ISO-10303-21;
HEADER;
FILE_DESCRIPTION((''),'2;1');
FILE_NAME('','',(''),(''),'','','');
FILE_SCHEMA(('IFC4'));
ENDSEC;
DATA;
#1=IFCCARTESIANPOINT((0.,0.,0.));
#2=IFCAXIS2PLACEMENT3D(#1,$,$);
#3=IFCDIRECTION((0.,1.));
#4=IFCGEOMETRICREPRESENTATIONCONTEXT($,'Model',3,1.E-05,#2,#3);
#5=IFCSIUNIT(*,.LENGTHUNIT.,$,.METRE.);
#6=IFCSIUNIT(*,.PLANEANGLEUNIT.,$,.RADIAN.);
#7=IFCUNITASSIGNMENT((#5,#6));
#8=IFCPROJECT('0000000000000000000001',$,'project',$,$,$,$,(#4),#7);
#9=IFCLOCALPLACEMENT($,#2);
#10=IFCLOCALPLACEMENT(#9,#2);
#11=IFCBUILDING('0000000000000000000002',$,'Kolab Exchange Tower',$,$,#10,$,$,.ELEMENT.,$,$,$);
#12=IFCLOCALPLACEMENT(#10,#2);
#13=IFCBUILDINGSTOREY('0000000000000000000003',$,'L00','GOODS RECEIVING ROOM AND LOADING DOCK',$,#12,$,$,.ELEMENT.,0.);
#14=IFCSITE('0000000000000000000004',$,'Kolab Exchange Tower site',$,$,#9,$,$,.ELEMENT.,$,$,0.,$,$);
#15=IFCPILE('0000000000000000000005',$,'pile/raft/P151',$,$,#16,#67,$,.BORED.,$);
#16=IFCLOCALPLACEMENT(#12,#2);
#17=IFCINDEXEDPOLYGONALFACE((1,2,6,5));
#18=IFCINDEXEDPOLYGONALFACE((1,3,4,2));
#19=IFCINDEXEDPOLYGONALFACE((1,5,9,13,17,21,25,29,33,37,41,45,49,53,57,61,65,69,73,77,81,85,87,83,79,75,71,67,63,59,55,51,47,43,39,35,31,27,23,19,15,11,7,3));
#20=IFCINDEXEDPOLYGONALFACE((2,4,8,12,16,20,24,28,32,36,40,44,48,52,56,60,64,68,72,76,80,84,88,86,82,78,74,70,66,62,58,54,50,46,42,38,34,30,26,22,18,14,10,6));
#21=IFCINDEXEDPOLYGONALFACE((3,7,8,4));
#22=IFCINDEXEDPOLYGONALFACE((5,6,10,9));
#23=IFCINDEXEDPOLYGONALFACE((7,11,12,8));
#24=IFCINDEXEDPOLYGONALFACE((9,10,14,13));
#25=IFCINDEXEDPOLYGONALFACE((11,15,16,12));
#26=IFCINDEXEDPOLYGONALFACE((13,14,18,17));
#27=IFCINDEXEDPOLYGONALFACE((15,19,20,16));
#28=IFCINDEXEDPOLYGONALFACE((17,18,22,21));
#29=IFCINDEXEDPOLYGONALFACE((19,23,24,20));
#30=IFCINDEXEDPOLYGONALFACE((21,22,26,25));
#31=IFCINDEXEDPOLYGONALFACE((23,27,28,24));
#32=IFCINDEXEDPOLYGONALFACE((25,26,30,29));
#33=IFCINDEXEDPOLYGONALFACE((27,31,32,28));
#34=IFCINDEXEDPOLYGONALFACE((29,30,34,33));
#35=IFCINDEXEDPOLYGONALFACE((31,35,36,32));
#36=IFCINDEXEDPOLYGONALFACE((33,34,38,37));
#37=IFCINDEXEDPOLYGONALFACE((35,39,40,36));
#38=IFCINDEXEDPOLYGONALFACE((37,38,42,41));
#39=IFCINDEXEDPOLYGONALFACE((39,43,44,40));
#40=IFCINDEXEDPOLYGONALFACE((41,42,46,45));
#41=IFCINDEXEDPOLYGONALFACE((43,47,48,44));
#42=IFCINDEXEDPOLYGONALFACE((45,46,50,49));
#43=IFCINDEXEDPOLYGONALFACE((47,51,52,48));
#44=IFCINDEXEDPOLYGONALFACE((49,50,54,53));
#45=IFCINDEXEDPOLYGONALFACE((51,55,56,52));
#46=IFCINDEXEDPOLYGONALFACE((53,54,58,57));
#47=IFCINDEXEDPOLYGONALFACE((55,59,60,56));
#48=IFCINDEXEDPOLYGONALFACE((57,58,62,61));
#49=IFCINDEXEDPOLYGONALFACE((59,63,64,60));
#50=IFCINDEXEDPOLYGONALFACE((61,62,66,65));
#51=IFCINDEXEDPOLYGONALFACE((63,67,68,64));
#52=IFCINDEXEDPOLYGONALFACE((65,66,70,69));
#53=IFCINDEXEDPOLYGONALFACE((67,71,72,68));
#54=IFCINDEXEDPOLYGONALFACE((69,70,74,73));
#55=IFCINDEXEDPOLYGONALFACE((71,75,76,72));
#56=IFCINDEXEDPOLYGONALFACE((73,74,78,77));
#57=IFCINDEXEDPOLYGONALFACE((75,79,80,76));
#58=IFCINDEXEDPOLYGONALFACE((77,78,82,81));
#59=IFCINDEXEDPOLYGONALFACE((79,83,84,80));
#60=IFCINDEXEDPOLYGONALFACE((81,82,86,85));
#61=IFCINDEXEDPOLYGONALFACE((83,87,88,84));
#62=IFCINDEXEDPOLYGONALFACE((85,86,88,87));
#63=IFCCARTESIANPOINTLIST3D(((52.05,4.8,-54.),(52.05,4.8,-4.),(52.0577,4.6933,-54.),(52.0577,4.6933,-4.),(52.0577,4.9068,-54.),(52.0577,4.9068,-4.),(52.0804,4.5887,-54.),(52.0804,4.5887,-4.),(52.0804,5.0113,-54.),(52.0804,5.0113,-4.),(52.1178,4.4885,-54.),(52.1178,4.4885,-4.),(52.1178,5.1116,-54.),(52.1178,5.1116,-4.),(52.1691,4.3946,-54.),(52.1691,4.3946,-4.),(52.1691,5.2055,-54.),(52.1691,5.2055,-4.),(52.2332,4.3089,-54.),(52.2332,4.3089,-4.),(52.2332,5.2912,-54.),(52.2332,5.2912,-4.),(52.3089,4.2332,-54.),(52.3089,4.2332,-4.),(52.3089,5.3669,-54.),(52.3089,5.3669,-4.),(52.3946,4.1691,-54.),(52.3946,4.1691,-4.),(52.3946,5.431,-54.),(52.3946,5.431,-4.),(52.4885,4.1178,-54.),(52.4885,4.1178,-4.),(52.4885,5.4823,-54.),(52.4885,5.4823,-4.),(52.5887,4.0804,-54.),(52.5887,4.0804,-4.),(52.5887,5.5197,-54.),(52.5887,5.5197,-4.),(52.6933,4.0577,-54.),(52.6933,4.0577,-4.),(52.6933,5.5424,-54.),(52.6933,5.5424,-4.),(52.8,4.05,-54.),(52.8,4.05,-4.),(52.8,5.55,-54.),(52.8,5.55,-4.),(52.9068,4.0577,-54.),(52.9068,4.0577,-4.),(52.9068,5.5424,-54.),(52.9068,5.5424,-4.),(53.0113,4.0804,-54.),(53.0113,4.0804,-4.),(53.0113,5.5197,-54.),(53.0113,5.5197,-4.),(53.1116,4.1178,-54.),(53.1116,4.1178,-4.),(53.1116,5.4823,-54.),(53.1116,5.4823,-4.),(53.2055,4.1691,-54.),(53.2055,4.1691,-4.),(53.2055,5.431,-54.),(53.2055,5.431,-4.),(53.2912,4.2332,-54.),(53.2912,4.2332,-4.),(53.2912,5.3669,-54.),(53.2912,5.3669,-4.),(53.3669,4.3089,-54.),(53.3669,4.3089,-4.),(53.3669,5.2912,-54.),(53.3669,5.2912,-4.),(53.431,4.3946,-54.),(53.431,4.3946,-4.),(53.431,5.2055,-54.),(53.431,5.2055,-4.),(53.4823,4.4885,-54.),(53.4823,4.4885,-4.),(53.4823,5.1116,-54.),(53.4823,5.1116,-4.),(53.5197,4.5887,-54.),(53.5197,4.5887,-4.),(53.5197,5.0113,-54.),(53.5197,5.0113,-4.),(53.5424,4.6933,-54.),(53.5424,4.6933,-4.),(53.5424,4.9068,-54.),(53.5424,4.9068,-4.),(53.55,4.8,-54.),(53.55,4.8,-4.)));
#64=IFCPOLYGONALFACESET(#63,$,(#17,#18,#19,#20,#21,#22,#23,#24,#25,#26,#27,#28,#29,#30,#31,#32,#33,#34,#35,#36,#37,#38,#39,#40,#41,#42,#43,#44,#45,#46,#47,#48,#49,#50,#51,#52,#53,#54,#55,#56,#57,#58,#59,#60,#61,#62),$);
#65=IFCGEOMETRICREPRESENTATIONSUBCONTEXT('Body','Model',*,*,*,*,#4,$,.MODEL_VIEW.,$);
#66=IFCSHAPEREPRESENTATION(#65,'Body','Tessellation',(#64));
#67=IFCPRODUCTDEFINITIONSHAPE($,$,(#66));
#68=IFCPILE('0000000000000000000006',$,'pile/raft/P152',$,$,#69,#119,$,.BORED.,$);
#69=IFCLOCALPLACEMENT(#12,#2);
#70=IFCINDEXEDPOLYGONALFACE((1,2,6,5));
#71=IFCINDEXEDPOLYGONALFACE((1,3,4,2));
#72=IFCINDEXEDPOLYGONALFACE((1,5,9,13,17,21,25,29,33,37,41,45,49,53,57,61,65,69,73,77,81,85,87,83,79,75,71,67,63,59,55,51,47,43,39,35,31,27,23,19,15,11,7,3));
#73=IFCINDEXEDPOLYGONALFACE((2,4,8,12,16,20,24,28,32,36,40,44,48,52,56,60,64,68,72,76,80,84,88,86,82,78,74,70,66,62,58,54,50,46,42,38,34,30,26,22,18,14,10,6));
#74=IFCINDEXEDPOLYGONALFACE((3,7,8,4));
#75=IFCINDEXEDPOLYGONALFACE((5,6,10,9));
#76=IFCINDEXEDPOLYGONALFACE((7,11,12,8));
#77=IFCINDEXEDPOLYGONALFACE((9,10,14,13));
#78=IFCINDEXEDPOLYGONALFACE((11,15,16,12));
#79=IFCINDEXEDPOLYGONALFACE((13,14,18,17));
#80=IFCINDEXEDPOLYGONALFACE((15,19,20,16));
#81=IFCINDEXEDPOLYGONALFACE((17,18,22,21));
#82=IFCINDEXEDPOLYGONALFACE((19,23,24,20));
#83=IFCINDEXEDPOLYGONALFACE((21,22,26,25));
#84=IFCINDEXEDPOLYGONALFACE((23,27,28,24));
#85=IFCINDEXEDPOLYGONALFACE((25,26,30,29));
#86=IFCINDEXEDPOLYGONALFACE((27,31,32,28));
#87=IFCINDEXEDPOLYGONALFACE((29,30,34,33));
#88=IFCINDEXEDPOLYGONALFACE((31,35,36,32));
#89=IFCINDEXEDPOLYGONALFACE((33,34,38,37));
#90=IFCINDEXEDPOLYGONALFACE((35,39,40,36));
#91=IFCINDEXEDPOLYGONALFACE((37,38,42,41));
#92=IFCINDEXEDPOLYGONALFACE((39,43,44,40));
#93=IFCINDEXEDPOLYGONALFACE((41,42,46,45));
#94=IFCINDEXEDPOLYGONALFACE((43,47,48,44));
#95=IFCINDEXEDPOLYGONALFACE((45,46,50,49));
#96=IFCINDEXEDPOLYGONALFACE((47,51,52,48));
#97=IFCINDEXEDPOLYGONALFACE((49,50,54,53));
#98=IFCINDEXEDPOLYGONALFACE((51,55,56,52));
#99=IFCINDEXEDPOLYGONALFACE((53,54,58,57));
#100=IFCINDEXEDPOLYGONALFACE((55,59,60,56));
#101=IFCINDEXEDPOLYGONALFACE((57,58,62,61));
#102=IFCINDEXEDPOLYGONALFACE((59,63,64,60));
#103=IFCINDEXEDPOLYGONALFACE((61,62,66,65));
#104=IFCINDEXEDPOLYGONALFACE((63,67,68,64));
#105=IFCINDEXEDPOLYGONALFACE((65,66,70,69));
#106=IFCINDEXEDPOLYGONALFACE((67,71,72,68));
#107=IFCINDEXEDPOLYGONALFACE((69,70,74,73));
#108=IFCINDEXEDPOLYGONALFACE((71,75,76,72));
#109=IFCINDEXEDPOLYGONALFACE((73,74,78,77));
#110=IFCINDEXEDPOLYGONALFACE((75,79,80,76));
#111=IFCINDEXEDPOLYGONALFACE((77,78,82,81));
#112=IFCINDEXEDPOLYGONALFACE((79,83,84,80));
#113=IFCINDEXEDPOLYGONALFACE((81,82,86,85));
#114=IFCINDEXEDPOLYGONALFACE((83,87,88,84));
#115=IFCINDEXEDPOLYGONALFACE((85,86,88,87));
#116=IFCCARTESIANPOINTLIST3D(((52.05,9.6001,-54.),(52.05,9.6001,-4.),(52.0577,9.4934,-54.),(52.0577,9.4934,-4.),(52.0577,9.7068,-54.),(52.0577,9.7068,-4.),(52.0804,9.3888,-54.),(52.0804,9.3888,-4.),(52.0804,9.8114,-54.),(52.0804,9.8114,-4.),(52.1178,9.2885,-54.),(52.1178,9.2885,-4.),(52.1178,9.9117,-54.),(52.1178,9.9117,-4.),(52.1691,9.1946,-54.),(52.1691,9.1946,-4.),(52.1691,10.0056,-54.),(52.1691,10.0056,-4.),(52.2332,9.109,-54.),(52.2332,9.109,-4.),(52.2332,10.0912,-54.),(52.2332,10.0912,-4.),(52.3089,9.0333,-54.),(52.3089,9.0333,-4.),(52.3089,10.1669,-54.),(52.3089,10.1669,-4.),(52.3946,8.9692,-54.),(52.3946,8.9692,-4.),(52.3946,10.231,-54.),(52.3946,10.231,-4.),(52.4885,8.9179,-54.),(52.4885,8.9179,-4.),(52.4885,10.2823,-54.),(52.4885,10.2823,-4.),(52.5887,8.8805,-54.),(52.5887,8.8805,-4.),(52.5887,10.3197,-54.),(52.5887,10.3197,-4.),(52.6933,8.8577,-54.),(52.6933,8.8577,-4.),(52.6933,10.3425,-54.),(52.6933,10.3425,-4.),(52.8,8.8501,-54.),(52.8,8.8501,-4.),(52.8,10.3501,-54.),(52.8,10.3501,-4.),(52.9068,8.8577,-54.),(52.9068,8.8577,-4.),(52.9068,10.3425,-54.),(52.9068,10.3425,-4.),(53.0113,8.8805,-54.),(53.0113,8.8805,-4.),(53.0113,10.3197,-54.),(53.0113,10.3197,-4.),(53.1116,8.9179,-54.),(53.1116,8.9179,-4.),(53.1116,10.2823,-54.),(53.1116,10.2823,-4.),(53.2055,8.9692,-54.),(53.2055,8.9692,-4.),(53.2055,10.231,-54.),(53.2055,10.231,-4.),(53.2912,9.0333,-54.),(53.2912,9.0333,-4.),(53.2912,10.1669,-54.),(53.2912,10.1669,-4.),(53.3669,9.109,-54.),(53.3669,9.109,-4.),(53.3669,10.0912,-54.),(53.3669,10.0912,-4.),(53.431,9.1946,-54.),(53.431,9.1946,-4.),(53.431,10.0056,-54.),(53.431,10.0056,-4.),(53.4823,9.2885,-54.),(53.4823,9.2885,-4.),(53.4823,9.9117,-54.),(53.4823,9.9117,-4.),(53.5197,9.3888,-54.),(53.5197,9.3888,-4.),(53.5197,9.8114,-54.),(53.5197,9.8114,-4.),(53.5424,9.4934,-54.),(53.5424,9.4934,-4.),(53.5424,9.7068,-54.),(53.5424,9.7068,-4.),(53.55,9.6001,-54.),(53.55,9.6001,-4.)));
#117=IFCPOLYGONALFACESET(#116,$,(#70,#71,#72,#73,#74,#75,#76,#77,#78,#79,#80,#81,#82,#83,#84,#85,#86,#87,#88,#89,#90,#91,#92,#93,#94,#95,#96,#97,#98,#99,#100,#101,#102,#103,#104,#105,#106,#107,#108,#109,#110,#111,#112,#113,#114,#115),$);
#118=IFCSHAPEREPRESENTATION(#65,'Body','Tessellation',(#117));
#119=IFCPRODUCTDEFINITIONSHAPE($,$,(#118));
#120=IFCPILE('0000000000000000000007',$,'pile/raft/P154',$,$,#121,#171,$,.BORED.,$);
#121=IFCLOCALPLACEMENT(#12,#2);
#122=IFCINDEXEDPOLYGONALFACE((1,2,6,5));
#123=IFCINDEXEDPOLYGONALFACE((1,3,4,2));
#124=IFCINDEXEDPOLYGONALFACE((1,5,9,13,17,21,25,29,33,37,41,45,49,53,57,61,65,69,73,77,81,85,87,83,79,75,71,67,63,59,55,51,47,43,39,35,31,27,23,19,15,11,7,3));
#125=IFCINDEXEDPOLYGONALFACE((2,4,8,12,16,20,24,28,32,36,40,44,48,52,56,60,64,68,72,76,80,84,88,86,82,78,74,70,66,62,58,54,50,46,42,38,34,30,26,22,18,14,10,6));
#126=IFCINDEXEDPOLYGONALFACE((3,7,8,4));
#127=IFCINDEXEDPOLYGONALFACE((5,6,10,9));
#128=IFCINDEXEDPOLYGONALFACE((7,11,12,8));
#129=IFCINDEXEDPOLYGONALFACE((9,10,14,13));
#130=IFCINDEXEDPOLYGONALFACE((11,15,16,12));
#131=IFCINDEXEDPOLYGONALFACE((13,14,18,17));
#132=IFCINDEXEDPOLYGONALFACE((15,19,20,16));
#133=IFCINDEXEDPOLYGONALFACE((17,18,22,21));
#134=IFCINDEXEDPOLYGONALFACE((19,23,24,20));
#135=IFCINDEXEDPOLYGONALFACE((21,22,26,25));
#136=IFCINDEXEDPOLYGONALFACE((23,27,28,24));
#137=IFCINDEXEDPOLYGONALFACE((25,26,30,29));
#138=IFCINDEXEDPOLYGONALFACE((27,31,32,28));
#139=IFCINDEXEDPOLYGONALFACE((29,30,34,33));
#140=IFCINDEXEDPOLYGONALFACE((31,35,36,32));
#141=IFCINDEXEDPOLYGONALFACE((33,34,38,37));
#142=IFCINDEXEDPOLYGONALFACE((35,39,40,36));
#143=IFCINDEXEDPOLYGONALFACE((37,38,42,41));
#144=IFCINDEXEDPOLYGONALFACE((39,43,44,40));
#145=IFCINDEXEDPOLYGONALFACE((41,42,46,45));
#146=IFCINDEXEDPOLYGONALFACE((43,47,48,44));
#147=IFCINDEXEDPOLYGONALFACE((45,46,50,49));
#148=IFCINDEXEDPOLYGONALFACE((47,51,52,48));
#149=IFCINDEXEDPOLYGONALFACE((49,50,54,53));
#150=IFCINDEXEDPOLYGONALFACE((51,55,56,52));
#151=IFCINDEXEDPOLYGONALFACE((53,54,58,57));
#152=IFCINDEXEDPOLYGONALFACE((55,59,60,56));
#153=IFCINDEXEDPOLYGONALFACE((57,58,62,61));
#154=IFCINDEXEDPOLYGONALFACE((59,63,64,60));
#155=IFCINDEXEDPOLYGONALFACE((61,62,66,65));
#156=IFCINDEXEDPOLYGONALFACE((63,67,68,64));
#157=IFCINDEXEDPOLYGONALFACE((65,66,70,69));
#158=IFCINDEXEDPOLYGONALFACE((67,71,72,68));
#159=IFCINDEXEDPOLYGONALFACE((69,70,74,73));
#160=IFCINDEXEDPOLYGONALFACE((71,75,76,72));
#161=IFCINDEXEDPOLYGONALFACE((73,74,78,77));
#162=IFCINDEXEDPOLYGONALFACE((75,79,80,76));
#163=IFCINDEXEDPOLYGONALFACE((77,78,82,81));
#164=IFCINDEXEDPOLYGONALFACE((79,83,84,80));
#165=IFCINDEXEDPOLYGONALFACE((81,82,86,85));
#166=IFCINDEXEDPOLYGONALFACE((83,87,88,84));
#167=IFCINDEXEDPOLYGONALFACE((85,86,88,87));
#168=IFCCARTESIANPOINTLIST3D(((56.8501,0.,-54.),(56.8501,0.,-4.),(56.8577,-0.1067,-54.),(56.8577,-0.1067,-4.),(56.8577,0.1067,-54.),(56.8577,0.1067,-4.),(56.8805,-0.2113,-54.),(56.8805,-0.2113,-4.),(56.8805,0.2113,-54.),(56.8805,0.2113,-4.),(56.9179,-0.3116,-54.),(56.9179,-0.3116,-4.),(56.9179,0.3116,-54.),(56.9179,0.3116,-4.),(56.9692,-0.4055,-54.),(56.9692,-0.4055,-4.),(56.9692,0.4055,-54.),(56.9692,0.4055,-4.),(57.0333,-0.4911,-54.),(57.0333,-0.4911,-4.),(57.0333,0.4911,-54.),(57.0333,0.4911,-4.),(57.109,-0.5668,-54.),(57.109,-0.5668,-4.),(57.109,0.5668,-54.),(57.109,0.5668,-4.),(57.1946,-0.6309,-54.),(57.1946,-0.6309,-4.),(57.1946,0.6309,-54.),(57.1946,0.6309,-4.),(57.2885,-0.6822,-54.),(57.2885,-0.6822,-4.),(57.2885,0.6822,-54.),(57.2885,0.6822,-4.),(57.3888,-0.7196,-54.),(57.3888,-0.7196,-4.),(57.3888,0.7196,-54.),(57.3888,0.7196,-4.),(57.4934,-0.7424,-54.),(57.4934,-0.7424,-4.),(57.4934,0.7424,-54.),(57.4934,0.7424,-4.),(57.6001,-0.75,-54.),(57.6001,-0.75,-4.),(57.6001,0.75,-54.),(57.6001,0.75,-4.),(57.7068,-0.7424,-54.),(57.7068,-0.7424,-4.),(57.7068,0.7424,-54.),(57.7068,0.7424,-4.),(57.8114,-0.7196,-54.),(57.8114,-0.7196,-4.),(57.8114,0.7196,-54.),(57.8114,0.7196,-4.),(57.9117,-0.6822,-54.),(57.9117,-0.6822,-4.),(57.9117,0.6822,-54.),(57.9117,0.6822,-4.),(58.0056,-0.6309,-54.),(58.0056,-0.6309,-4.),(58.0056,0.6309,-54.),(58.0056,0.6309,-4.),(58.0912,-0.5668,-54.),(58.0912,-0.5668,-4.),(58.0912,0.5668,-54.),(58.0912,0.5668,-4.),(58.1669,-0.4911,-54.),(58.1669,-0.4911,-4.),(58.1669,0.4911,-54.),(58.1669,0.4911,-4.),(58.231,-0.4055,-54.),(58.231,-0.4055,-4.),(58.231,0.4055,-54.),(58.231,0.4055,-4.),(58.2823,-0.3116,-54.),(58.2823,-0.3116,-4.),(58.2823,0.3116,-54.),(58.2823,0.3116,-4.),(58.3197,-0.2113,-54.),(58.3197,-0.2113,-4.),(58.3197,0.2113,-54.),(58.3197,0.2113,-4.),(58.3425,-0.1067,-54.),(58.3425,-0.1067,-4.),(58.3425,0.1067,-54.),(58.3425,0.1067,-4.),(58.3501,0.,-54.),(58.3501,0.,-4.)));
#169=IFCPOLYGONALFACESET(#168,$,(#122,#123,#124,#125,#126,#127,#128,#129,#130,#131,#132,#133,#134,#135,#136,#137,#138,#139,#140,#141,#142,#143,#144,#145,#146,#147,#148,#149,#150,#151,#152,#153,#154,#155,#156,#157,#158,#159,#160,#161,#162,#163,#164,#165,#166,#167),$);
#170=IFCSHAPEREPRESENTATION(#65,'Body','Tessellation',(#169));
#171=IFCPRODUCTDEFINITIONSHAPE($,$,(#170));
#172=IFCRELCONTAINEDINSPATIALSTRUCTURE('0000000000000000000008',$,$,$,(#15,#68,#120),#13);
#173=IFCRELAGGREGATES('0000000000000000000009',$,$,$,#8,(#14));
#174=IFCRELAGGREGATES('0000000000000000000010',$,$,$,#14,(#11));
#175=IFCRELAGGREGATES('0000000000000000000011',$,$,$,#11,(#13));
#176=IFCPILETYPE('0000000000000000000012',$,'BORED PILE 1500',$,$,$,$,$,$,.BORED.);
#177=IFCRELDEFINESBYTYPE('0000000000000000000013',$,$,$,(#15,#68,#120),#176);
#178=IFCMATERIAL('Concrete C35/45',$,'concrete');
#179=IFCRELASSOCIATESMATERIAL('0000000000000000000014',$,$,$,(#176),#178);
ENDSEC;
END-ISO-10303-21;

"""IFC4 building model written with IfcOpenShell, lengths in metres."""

from ifc_helpers import new_model, si_unit, direction, frame, origin, origin_2d, place, context, subcontext, project, spatial, circle, extrude, material, material_profile, profile_set, type_object, element, save


model = new_model("IFC4")

# Units and contexts
model_context = context("Model", 3, precision=1e-05, world=origin(), true_north=direction((0.0, 1.0)))
body_context = subcontext(model_context, "Body", "Model", "MODEL_VIEW")
ifc_project = project(units=[si_unit("LENGTHUNIT", "METRE"), si_unit("PLANEANGLEUNIT", "RADIAN")], contexts=[model_context])

# Site, building, storey
site_placement = place(None, origin())
site = spatial("IfcSite", under=ifc_project, at=site_placement, Name="Kolab Exchange Tower site", CompositionType="ELEMENT", RefElevation=0.0)
building_placement = place(site_placement, origin())
building = spatial("IfcBuilding", under=site, at=building_placement, Name="Kolab Exchange Tower", CompositionType="ELEMENT")
storey_placement = place(building_placement, origin())
storey = spatial("IfcBuildingStorey", under=building, at=storey_placement, Name="L00", Description="GOODS RECEIVING ROOM AND LOADING DOCK", CompositionType="ELEMENT", Elevation=0.0)

# Piles
ifc_material_1 = material(Name="Concrete C35/45", Category="concrete")
ifc_material_profile_1 = material_profile(ifc_material_1, circle(Radius=0.75, at=origin_2d()), Name="BP1500")
ifc_profile_set_1 = profile_set([ifc_material_profile_1], Name="Concrete C35/45")
pile_type = type_object("IfcPileType", Name="BORED PILE 1500", PredefinedType="BORED", material=ifc_profile_set_1)
for number, where, z_axis, x_axis, name in (
    (1, (52.8, 4.8, -4.0), (0.0, 0.0, -1.0), (1.0, 0.0, 0.0), "pile/raft/P151"),
    (2, (52.8, 9.6001, -4.0), (0.0, 0.0, -1.0), (1.0, 0.0, 0.0), "pile/raft/P152"),
    (3, (57.6001, 0.0, -4.0), (0.0, 0.0, -1.0), (1.0, 0.0, 0.0), "pile/raft/P154"),
):
    element("IfcPile", number, at=place(storey_placement, frame(where, z_axis=z_axis, x_axis=x_axis)), inside=storey, type_object=pile_type, Name=name, PredefinedType="BORED", context=body_context, shape_type="SweptSolid", body=[
        extrude(circle(Radius=0.75, at=origin_2d()), origin(), (0.0, 0.0, 1.0), 50.0),
    ])

save(model, "model.ifc")
